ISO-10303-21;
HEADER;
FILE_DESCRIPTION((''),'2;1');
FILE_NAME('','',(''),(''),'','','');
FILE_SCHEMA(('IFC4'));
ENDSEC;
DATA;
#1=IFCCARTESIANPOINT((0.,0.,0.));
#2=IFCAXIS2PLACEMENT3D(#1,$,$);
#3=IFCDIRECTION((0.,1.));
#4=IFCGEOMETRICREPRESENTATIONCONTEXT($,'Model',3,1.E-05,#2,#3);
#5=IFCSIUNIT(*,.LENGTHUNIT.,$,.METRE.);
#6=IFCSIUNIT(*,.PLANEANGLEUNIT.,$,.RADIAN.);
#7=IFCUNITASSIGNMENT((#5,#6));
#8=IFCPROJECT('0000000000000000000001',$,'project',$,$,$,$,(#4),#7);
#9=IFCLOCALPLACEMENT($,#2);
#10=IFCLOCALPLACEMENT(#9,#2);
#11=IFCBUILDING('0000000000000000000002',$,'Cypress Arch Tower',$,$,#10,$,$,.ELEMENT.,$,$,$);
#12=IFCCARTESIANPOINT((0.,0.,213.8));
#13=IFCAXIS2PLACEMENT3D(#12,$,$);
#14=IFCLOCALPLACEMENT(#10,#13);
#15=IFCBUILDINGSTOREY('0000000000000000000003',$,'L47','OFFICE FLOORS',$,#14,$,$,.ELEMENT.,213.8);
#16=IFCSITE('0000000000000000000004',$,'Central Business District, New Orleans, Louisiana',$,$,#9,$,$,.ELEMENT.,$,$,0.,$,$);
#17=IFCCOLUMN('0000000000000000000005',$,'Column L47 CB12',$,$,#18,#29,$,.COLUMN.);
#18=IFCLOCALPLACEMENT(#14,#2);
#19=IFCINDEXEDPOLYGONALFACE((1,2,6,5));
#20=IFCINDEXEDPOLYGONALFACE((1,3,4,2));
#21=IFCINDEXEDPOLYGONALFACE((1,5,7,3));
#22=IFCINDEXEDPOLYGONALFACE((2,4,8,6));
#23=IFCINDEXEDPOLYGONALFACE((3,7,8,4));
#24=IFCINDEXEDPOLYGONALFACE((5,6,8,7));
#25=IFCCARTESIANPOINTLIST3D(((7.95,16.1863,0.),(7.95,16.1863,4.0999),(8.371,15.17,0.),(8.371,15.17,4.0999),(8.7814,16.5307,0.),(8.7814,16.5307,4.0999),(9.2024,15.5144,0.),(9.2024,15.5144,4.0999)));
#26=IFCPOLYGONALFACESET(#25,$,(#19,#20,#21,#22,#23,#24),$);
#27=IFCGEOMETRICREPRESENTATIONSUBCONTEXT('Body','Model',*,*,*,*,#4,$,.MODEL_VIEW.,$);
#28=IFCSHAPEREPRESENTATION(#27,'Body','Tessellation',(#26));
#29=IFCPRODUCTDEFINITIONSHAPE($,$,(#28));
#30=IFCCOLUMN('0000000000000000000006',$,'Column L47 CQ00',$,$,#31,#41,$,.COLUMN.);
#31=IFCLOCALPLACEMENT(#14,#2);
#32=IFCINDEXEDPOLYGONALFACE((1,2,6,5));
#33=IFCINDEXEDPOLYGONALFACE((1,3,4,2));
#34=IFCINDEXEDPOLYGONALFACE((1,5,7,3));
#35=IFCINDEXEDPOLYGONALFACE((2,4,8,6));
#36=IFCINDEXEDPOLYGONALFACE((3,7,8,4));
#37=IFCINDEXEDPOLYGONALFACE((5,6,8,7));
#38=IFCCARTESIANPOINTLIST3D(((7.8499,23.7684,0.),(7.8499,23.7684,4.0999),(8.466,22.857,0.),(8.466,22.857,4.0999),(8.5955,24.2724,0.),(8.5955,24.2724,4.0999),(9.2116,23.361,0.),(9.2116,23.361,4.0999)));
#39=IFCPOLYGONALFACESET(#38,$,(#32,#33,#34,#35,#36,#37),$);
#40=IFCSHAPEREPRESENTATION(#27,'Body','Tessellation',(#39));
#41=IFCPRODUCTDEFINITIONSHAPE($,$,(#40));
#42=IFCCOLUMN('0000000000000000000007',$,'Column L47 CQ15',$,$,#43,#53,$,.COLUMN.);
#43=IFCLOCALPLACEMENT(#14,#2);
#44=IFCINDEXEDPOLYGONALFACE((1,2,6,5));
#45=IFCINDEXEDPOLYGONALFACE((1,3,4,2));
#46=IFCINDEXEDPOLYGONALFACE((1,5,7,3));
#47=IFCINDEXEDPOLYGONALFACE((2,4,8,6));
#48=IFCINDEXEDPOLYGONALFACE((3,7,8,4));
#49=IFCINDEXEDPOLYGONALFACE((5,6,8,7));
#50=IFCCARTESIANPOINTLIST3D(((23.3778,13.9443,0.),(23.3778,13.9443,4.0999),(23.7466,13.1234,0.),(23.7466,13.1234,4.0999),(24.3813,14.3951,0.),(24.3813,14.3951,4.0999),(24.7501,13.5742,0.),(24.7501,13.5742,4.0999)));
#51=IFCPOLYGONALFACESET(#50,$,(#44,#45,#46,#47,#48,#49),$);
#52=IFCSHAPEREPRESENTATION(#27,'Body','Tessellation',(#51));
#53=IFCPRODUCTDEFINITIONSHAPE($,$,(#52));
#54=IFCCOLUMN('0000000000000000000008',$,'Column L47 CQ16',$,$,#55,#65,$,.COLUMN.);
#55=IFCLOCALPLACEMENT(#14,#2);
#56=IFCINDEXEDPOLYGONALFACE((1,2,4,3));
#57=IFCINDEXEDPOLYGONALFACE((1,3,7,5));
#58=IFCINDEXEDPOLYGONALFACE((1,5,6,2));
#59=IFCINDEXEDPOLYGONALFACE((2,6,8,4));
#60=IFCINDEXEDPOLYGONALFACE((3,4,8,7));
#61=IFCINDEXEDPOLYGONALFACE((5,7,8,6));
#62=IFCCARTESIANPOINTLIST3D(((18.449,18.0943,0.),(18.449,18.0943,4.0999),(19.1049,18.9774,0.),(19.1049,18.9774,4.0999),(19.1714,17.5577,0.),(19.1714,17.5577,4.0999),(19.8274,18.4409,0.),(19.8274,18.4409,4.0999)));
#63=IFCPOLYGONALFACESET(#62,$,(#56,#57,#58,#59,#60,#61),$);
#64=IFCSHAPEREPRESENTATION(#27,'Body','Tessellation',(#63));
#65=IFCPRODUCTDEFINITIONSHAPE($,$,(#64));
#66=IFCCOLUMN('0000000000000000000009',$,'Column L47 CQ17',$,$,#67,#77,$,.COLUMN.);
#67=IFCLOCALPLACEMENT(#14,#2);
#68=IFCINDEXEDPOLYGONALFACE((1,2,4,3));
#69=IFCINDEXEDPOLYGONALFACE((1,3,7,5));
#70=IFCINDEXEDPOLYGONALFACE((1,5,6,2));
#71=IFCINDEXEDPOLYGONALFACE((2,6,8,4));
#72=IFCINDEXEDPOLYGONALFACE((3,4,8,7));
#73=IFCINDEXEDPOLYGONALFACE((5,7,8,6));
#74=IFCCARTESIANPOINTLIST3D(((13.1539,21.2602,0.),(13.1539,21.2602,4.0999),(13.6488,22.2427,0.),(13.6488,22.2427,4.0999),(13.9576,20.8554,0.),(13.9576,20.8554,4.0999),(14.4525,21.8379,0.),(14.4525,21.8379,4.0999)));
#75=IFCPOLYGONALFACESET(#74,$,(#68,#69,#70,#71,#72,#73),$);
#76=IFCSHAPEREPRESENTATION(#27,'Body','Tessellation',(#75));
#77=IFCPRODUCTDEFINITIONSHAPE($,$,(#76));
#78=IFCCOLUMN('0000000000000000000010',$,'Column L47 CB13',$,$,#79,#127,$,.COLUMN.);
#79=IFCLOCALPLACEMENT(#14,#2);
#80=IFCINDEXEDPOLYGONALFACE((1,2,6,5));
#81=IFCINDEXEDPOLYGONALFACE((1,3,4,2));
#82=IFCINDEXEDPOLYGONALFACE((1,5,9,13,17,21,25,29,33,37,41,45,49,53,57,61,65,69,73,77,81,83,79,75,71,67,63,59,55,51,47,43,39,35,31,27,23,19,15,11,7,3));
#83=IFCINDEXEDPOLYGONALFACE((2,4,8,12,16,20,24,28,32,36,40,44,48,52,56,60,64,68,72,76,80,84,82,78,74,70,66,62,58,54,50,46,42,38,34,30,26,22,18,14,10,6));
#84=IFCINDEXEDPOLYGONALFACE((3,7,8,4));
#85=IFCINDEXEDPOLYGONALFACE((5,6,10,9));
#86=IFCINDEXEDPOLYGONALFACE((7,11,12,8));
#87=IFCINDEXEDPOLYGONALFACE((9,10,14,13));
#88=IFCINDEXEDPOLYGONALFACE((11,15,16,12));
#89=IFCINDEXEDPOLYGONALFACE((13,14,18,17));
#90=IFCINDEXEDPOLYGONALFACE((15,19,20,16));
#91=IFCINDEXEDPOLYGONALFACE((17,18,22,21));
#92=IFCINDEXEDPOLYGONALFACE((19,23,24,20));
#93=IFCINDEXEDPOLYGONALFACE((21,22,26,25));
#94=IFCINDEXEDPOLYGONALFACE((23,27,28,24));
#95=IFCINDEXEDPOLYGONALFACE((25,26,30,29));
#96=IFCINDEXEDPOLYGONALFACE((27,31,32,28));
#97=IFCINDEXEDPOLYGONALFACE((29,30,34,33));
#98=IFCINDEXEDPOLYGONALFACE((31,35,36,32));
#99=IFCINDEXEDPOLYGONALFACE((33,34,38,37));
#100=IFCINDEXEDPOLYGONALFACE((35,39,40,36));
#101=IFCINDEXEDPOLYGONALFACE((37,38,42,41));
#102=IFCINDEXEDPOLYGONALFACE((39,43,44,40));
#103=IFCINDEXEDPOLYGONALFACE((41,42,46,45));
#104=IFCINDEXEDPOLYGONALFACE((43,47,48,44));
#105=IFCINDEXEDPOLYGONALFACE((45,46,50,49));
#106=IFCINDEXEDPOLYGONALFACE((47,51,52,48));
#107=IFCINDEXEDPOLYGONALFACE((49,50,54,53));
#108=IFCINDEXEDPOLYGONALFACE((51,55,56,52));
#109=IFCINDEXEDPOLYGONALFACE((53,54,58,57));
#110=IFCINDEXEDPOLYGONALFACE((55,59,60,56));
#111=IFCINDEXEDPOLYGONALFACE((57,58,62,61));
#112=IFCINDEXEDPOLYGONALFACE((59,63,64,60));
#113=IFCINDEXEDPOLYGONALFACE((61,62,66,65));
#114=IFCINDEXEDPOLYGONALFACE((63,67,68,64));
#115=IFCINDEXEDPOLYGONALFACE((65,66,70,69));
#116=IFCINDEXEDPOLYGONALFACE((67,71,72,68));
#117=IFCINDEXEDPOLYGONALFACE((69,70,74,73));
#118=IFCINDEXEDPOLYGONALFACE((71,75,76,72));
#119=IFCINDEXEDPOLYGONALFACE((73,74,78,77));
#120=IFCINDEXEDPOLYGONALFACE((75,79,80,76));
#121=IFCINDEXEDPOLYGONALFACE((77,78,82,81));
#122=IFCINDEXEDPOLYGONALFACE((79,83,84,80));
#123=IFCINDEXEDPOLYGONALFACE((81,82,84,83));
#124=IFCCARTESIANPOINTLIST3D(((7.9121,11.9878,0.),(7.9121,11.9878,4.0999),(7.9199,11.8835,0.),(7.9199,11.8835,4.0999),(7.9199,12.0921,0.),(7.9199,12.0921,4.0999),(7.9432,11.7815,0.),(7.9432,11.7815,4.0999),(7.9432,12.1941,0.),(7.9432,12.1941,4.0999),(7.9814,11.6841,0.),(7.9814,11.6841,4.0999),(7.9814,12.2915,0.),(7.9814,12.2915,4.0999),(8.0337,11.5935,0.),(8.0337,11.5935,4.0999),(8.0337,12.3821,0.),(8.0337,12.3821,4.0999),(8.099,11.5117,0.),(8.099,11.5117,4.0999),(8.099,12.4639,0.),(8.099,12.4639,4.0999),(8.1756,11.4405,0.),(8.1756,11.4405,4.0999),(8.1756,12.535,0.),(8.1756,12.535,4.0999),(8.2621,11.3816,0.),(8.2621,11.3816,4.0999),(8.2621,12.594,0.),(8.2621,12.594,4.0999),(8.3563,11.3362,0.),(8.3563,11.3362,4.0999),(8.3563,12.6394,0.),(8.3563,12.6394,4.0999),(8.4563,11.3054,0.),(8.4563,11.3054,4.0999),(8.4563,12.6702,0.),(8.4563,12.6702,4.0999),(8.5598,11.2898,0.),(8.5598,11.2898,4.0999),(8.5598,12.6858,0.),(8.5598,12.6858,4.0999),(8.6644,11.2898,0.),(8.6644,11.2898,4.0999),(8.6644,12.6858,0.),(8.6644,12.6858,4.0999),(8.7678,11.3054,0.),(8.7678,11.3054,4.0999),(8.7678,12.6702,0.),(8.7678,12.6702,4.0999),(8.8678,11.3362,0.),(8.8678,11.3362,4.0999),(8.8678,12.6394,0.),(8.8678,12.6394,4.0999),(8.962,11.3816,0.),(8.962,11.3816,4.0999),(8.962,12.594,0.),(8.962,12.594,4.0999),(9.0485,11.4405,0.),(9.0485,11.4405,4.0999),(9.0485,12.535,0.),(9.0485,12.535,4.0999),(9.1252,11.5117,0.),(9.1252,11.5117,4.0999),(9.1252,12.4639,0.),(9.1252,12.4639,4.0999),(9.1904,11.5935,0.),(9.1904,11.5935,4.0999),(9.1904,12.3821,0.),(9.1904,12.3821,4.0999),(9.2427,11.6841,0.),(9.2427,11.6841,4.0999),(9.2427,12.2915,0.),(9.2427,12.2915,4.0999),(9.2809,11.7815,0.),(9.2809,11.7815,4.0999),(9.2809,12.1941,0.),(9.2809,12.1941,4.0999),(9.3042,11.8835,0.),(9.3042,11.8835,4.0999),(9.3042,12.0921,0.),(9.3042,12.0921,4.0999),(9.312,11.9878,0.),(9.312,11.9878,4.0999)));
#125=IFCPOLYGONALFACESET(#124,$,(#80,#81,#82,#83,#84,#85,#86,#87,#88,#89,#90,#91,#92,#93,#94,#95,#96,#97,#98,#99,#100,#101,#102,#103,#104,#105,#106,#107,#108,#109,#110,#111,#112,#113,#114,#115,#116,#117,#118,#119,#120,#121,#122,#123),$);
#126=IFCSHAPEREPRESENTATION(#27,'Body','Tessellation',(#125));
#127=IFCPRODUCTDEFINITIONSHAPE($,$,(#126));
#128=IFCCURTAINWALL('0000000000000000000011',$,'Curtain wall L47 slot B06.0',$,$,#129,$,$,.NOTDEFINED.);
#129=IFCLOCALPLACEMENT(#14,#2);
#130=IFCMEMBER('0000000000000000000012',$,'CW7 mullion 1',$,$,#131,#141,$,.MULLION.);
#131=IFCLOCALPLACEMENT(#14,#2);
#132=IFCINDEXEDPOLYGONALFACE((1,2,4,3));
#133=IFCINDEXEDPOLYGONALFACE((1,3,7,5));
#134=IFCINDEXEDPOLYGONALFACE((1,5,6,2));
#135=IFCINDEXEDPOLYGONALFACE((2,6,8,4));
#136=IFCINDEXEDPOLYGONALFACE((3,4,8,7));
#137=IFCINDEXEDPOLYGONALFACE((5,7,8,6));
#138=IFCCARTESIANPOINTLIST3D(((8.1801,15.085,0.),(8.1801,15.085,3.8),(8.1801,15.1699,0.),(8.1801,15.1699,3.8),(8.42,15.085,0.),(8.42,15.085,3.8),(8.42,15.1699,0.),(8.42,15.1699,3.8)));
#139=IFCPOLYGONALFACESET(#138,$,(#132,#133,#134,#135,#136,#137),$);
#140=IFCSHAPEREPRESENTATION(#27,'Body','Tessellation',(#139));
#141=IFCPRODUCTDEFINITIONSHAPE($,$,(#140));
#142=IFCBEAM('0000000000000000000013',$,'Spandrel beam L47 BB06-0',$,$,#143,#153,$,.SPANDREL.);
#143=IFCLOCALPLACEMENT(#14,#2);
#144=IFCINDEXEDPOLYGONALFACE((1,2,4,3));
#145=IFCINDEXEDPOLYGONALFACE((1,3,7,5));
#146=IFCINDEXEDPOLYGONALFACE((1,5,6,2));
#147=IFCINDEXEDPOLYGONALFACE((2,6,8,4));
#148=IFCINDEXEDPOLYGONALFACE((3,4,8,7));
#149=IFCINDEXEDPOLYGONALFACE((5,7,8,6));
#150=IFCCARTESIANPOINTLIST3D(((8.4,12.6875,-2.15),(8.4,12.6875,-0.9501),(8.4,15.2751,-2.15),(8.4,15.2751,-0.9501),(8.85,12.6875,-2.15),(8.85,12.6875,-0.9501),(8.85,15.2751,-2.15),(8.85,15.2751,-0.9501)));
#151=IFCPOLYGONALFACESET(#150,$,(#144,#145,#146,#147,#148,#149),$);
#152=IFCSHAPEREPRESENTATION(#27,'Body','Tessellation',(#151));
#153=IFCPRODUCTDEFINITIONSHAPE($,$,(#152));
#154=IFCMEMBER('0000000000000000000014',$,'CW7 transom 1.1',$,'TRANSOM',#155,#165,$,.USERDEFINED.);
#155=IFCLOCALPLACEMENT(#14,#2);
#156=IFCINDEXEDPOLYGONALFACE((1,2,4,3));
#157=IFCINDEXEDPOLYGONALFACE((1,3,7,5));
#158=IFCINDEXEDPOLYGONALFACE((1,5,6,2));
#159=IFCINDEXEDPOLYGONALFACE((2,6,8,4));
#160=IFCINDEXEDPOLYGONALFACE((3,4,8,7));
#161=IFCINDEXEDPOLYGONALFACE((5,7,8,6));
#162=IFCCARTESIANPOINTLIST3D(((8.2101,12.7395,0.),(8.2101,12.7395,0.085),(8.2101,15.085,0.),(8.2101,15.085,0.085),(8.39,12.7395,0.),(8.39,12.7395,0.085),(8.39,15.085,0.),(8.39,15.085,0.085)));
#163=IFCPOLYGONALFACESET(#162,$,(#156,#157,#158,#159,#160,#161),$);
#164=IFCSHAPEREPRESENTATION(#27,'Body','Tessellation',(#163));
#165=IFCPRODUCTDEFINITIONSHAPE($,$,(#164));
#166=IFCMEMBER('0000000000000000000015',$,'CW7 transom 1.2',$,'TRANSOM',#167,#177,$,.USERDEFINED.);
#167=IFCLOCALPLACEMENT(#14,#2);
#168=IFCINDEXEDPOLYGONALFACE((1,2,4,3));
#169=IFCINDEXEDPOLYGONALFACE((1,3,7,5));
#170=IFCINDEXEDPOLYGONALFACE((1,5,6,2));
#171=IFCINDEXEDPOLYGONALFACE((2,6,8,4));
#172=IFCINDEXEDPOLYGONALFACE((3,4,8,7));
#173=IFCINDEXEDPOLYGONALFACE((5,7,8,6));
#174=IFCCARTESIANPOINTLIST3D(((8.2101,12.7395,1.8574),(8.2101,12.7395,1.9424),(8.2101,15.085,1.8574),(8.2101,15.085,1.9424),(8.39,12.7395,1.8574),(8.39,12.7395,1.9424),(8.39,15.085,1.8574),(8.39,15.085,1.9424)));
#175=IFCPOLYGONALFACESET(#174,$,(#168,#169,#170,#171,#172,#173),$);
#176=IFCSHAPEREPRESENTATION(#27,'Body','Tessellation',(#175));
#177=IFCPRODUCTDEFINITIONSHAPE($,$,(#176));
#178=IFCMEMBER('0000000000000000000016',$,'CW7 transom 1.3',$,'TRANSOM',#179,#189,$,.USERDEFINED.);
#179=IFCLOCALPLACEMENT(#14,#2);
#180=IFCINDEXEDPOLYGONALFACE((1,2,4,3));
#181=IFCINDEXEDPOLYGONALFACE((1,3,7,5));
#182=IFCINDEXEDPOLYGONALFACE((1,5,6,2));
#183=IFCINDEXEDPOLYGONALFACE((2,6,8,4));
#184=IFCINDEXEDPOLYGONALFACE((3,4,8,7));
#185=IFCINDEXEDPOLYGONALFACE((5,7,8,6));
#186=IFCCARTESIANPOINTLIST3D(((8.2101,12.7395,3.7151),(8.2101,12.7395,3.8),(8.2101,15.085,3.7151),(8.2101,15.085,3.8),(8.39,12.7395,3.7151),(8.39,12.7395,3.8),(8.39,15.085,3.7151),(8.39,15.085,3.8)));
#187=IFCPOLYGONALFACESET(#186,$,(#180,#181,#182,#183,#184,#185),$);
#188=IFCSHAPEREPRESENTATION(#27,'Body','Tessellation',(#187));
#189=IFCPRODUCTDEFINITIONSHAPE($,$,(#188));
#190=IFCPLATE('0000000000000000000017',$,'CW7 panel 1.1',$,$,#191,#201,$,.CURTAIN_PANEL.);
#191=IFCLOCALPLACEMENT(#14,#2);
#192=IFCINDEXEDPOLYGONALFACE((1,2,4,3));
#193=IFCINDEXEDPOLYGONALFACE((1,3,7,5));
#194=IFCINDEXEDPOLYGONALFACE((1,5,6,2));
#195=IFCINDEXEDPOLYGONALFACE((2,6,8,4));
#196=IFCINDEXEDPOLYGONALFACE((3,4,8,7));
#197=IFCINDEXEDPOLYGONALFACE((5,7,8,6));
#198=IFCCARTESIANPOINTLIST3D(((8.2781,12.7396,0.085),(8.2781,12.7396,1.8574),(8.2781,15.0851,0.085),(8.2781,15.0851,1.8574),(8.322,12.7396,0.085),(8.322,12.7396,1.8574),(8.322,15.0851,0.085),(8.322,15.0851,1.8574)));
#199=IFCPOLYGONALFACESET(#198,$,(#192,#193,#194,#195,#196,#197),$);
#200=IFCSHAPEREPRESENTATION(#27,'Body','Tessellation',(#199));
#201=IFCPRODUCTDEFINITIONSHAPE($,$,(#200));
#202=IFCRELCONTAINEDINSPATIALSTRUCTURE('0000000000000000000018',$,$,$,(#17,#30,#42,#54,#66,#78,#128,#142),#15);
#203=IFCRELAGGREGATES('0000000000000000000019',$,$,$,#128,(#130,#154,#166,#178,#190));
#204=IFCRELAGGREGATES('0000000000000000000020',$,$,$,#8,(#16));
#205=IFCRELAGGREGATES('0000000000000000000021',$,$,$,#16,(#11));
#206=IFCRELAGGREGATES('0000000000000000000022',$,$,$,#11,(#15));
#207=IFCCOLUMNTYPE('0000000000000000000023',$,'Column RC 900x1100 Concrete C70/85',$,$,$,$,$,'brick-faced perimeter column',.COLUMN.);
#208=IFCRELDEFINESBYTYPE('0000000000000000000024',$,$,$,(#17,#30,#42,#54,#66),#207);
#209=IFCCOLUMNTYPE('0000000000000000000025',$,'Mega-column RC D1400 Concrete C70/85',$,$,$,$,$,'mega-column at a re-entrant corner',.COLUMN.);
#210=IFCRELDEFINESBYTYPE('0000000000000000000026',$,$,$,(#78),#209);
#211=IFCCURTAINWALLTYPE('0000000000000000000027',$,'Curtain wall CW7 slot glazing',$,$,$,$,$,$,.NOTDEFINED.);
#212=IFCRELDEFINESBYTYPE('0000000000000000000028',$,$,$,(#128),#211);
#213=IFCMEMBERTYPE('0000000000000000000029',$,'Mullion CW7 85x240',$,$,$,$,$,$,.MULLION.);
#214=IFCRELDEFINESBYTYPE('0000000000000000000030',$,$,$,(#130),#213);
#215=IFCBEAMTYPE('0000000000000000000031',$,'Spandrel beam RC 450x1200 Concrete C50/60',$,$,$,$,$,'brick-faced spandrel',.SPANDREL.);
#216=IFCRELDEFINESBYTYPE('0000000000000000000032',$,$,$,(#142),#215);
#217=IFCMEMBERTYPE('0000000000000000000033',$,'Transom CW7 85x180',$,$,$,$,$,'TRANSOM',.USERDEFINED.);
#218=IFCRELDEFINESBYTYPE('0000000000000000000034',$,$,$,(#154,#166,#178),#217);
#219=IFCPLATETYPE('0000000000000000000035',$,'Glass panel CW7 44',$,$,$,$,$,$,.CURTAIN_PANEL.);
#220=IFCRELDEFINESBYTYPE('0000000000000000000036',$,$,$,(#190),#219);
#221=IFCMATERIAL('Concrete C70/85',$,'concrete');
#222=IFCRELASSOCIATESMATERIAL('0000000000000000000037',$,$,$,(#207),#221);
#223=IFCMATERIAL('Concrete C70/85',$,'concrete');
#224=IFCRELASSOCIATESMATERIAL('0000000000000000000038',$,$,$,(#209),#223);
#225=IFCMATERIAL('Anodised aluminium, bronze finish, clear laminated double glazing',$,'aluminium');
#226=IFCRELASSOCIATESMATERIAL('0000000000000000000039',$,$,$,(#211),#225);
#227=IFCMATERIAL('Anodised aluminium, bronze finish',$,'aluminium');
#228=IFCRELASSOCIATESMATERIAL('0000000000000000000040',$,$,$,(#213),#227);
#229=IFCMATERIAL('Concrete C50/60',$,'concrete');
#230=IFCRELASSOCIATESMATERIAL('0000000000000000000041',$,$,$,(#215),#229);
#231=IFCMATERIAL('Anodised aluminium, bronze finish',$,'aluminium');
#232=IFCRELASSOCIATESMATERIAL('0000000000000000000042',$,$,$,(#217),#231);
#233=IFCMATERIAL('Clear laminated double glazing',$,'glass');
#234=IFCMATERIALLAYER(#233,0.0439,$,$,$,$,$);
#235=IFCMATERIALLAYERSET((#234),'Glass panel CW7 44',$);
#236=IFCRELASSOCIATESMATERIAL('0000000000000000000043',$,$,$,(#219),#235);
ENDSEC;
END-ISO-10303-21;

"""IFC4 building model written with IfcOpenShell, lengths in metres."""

from ifc_helpers import new_model, si_unit, direction, frame, origin, origin_2d, place, context, subcontext, project, spatial, rectangle, circle, extrude, material, layer, layer_set, material_profile, profile_set, type_object, element, aggregate, save


model = new_model("IFC4")

# Units and contexts
model_context = context("Model", 3, precision=1e-05, world=origin(), true_north=direction((0.0, 1.0)))
body_context = subcontext(model_context, "Body", "Model", "MODEL_VIEW")
ifc_project = project(units=[si_unit("LENGTHUNIT", "METRE"), si_unit("PLANEANGLEUNIT", "RADIAN")], contexts=[model_context])

# Site, building, storey
site_placement = place(None, origin())
site = spatial("IfcSite", under=ifc_project, at=site_placement, Name="Central Business District, New Orleans, Louisiana", CompositionType="ELEMENT", RefElevation=0.0)
building_placement = place(site_placement, origin())
building = spatial("IfcBuilding", under=site, at=building_placement, Name="Cypress Arch Tower", CompositionType="ELEMENT")
storey_placement = place(building_placement, frame((0.0, 0.0, 213.8)))
storey = spatial("IfcBuildingStorey", under=building, at=storey_placement, Name="L47", Description="OFFICE FLOORS", CompositionType="ELEMENT", Elevation=213.8)

# Columns
ifc_material_1 = material(Name="Concrete C70/85", Category="concrete")
ifc_material_profile_1 = material_profile(ifc_material_1, rectangle(XDim=0.8999, YDim=1.1001, at=origin_2d()), Name="RC 900x1100")
ifc_profile_set_1 = profile_set([ifc_material_profile_1], Name="Concrete C70/85")
column_type_1 = type_object("IfcColumnType", Name="Column RC 900x1100 Concrete C70/85", ElementType="brick-faced perimeter column", PredefinedType="COLUMN", material=ifc_profile_set_1)
for number, where, z_axis, x_axis, name in (
    (1, (8.5762, 15.8503, 0.0), (0.0, 0.0, 1.0), (-0.92388, -0.382683, 0.0), "Column L47 CB12"),
    (2, (8.5308, 23.5647, 0.0), (0.0, 0.0, 1.0), (-0.82847, -0.560034, 0.0), "Column L47 CQ00"),
    (3, (24.064, 13.7593, 0.0), (0.0, 0.0, 1.0), (-0.409765, 0.912191, 0.0), "Column L47 CQ15"),
    (4, (19.1382, 18.2676, 0.0), (0.0, 0.0, 1.0), (-0.802799, 0.59625, 0.0), "Column L47 CQ16"),
    (5, (13.8032, 21.5491, 0.0), (0.0, 0.0, 1.0), (-0.893106, 0.449845, 0.0), "Column L47 CQ17"),
):
    element("IfcColumn", number, at=place(storey_placement, frame(where, z_axis=z_axis, x_axis=x_axis)), inside=storey, type_object=column_type_1, Name=name, PredefinedType="COLUMN", context=body_context, shape_type="SweptSolid", body=[
        extrude(rectangle(XDim=0.8999, YDim=1.1001, at=origin_2d()), origin(), (0.0, 0.0, 1.0), 4.0999),
    ])
ifc_material_2 = material(Name="Concrete C70/85", Category="concrete")
ifc_material_profile_2 = material_profile(ifc_material_2, circle(Radius=0.7, at=origin_2d()), Name="RC D1400")
ifc_profile_set_2 = profile_set([ifc_material_profile_2], Name="Concrete C70/85")
column_type_2 = type_object("IfcColumnType", Name="Mega-column RC D1400 Concrete C70/85", ElementType="mega-column at a re-entrant corner", PredefinedType="COLUMN", material=ifc_profile_set_2)
column_placement = place(storey_placement, frame((8.6121, 11.9878, 0.0), z_axis=(0.0, 0.0, 1.0), x_axis=(1.0, 0.0, 0.0)))
element("IfcColumn", 6, at=column_placement, inside=storey, type_object=column_type_2, Name="Column L47 CB13", PredefinedType="COLUMN", context=body_context, shape_type="SweptSolid", body=[
    extrude(circle(Radius=0.7, at=origin_2d()), origin(), (0.0, 0.0, 1.0), 4.0999),
])

# Curtain wall, member
ifc_material_3 = material(Name="Anodised aluminium, bronze finish, clear laminated double glazing", Category="aluminium")
curtain_wall_type = type_object("IfcCurtainWallType", Name="Curtain wall CW7 slot glazing", PredefinedType="NOTDEFINED", material=ifc_material_3)
curtain_wall_placement = place(storey_placement, origin())
curtain_wall = element("IfcCurtainWall", 7, at=curtain_wall_placement, inside=storey, type_object=curtain_wall_type, Name="Curtain wall L47 slot B06.0", PredefinedType="NOTDEFINED")
ifc_material_4 = material(Name="Anodised aluminium, bronze finish", Category="aluminium")
ifc_material_profile_3 = material_profile(ifc_material_4, rectangle(XDim=0.24, YDim=0.085, at=origin_2d()), Name="Mullion 85x240")
ifc_profile_set_3 = profile_set([ifc_material_profile_3], Name="Anodised aluminium, bronze finish")
member_type_1 = type_object("IfcMemberType", Name="Mullion CW7 85x240", PredefinedType="MULLION", material=ifc_profile_set_3)
member_1_placement = place(storey_placement, frame((8.3, 15.1274, 0.0), z_axis=(0.0, 0.0, 1.0), x_axis=(1.0, 0.0, 0.0)))
member_1 = element("IfcMember", 8, at=member_1_placement, type_object=member_type_1, Name="CW7 mullion 1", PredefinedType="MULLION", context=body_context, shape_type="SweptSolid", body=[
    extrude(rectangle(XDim=0.24, YDim=0.085, at=origin_2d()), origin(), (0.0, 0.0, 1.0), 3.8),
])

# Beam
ifc_material_5 = material(Name="Concrete C50/60", Category="concrete")
ifc_material_profile_4 = material_profile(ifc_material_5, rectangle(XDim=0.45, YDim=1.2, at=origin_2d()), Name="RC 450x1200")
ifc_profile_set_4 = profile_set([ifc_material_profile_4], Name="Concrete C50/60")
beam_type = type_object("IfcBeamType", Name="Spandrel beam RC 450x1200 Concrete C50/60", ElementType="brick-faced spandrel", PredefinedType="SPANDREL", material=ifc_profile_set_4)
beam_placement = place(storey_placement, frame((8.625, 15.2751, -1.55), z_axis=(0.0, -1.0, 0.0), x_axis=(1.0, 0.0, 0.0)))
element("IfcBeam", 9, at=beam_placement, inside=storey, type_object=beam_type, Name="Spandrel beam L47 BB06-0", PredefinedType="SPANDREL", context=body_context, shape_type="SweptSolid", body=[
    extrude(rectangle(XDim=0.45, YDim=1.2, at=origin_2d()), origin(), (0.0, 0.0, 1.0), 2.5876),
])

# Members
ifc_material_6 = material(Name="Anodised aluminium, bronze finish", Category="aluminium")
ifc_material_profile_5 = material_profile(ifc_material_6, rectangle(XDim=0.1799, YDim=0.085, at=origin_2d()), Name="Transom 85x180")
ifc_profile_set_5 = profile_set([ifc_material_profile_5], Name="Anodised aluminium, bronze finish")
member_type_2 = type_object("IfcMemberType", Name="Transom CW7 85x180", ElementType="TRANSOM", PredefinedType="USERDEFINED", material=ifc_profile_set_5)
member_2_placement = place(storey_placement, frame((8.3, 15.085, 0.0425), z_axis=(0.0, -1.0, 0.0), x_axis=(1.0, 0.0, 0.0)))
member_2 = element("IfcMember", 10, at=member_2_placement, type_object=member_type_2, Name="CW7 transom 1.1", ObjectType="TRANSOM", PredefinedType="USERDEFINED", context=body_context, shape_type="SweptSolid", body=[
    extrude(rectangle(XDim=0.1799, YDim=0.085, at=origin_2d()), origin(), (0.0, 0.0, 1.0), 2.3455),
])
member_3_placement = place(storey_placement, frame((8.3, 15.085, 1.8999), z_axis=(0.0, -1.0, 0.0), x_axis=(1.0, 0.0, 0.0)))
member_3 = element("IfcMember", 11, at=member_3_placement, type_object=member_type_2, Name="CW7 transom 1.2", ObjectType="TRANSOM", PredefinedType="USERDEFINED", context=body_context, shape_type="SweptSolid", body=[
    extrude(rectangle(XDim=0.1799, YDim=0.085, at=origin_2d()), origin(), (0.0, 0.0, 1.0), 2.3455),
])
member_4_placement = place(storey_placement, frame((8.3, 15.085, 3.7576), z_axis=(0.0, -1.0, 0.0), x_axis=(1.0, 0.0, 0.0)))
member_4 = element("IfcMember", 12, at=member_4_placement, type_object=member_type_2, Name="CW7 transom 1.3", ObjectType="TRANSOM", PredefinedType="USERDEFINED", context=body_context, shape_type="SweptSolid", body=[
    extrude(rectangle(XDim=0.1799, YDim=0.085, at=origin_2d()), origin(), (0.0, 0.0, 1.0), 2.3455),
])

# Plate
ifc_material_7 = material(Name="Clear laminated double glazing", Category="glass")
ifc_layer_1 = layer(ifc_material_7, 0.0439)
ifc_layer_set_1 = layer_set([ifc_layer_1], Name="Glass panel CW7 44")
plate_type = type_object("IfcPlateType", Name="Glass panel CW7 44", PredefinedType="CURTAIN_PANEL", material=ifc_layer_set_1)
plate_1_placement = place(storey_placement, frame((8.3, 13.9124, 0.085), z_axis=(0.0, 0.0, 1.0), x_axis=(0.0, -1.0, 0.0)))
plate_1 = element("IfcPlate", 13, at=plate_1_placement, type_object=plate_type, Name="CW7 panel 1.1", PredefinedType="CURTAIN_PANEL", context=body_context, shape_type="SweptSolid", body=[
    extrude(rectangle(XDim=2.3455, YDim=0.0439, at=origin_2d()), origin(), (0.0, 0.0, 1.0), 1.7725),
])
aggregate(curtain_wall, [member_1, member_2, member_3, member_4, plate_1])

save(model, "model.ifc")
